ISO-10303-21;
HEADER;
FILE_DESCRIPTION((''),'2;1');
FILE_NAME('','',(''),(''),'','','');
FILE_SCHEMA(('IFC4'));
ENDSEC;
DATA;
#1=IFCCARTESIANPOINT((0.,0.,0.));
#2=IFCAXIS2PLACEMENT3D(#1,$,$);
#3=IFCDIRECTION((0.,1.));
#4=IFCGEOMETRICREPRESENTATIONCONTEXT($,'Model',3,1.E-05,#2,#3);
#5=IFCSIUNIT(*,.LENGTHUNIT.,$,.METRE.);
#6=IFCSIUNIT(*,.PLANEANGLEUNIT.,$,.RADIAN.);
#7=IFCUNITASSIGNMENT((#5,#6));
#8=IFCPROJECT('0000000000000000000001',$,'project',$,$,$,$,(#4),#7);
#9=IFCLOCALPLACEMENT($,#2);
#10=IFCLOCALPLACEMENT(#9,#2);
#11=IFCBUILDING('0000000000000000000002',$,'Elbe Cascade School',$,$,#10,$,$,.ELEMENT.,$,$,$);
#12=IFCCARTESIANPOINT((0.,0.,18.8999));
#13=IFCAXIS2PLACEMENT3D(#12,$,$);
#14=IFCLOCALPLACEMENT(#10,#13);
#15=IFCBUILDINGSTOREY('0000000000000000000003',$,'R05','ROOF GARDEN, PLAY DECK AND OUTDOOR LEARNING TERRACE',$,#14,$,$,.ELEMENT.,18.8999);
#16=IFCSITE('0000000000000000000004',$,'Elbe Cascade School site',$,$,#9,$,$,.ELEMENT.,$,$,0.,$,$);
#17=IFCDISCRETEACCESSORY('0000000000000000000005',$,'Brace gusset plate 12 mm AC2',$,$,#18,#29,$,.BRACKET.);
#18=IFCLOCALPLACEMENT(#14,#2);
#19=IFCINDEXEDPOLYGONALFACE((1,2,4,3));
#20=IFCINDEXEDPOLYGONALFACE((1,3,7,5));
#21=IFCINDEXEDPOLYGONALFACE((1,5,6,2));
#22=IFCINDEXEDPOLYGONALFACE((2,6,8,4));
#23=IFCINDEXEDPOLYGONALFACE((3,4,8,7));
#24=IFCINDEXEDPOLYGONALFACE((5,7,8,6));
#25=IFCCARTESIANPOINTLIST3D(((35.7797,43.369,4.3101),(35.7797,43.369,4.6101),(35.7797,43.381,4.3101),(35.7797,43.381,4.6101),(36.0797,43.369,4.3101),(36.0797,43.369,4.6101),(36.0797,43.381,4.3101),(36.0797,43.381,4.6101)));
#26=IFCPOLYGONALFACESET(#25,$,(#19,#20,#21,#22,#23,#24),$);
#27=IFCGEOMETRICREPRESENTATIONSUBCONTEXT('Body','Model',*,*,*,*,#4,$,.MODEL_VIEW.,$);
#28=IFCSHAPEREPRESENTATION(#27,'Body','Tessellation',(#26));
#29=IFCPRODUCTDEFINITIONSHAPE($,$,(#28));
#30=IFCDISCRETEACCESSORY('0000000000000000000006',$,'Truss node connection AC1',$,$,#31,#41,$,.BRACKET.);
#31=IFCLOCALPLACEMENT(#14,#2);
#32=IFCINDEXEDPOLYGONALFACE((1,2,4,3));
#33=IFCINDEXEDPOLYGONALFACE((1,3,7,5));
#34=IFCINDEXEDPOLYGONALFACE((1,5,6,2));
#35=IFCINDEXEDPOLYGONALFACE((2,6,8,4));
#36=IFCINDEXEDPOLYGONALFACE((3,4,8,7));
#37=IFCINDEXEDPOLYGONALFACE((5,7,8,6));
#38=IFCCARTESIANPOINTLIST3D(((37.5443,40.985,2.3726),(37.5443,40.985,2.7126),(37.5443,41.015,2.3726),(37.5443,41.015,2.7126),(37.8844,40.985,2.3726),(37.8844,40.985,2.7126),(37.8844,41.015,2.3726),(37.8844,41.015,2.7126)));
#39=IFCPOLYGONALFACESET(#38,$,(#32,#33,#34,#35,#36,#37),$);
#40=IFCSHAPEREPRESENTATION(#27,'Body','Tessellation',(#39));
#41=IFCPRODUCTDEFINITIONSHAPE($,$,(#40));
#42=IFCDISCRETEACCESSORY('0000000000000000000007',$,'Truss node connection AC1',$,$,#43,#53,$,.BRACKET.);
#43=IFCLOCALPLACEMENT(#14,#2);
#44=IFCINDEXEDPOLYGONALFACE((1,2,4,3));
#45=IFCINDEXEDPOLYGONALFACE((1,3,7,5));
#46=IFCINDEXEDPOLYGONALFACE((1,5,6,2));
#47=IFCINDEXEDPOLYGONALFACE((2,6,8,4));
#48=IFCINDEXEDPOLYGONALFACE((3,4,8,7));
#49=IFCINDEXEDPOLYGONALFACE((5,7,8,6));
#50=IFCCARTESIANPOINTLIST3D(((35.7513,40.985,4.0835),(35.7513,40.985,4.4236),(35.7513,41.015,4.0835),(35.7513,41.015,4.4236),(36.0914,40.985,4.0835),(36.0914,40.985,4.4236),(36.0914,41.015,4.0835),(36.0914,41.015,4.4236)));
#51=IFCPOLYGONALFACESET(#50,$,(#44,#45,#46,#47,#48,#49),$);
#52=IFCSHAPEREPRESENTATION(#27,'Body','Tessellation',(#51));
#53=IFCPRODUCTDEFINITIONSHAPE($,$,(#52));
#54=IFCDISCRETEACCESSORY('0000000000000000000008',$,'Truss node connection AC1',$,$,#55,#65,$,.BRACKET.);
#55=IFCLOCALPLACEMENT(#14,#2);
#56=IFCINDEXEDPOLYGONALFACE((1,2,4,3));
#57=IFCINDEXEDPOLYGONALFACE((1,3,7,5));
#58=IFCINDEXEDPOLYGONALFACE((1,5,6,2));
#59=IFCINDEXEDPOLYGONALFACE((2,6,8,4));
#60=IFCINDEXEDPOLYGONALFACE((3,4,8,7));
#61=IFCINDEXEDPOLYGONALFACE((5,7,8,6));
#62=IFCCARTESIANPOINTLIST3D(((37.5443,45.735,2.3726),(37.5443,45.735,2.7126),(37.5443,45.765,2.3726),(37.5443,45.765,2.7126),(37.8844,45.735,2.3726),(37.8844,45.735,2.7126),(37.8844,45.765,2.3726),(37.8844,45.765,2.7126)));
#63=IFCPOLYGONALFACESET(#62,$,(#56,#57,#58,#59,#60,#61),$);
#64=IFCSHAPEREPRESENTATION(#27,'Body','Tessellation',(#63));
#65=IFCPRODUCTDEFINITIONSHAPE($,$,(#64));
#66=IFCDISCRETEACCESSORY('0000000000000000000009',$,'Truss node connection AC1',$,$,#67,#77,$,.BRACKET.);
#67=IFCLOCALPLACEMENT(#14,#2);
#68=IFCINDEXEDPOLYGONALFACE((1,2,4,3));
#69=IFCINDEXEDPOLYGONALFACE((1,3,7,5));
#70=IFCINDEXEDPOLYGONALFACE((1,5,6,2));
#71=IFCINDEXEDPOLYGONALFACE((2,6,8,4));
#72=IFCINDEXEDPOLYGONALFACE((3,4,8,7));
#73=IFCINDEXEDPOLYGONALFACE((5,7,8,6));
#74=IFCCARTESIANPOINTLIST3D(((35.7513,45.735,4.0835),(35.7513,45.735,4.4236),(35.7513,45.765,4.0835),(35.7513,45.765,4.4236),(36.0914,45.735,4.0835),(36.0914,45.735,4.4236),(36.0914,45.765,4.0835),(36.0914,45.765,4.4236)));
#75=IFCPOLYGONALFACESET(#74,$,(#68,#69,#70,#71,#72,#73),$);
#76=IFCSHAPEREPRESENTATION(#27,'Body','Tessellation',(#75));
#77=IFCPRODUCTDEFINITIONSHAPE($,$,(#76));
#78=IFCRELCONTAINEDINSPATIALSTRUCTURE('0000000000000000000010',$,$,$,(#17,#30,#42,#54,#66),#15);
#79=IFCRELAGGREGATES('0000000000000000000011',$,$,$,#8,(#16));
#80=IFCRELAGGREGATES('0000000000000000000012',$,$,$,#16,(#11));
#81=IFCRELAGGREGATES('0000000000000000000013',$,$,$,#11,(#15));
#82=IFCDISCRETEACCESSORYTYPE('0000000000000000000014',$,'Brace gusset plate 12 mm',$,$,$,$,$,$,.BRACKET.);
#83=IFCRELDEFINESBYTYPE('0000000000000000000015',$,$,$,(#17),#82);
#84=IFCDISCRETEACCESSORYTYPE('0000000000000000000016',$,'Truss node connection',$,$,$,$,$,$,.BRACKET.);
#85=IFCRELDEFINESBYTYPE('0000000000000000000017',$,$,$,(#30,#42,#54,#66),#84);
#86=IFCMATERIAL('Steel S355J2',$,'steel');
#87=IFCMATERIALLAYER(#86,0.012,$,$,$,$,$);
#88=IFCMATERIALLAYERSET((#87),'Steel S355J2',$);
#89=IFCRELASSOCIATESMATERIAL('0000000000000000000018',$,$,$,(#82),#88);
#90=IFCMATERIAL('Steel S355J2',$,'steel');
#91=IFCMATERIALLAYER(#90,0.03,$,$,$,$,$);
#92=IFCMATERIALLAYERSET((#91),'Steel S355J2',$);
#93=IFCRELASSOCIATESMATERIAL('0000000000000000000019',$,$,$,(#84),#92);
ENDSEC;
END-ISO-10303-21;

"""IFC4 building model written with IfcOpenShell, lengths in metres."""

from ifc_helpers import new_model, si_unit, direction, frame, origin, origin_2d, place, context, subcontext, project, spatial, rectangle, extrude, material, layer, layer_set, type_object, element, save


model = new_model("IFC4")

# Units and contexts
model_context = context("Model", 3, precision=1e-05, world=origin(), true_north=direction((0.0, 1.0)))
body_context = subcontext(model_context, "Body", "Model", "MODEL_VIEW")
ifc_project = project(units=[si_unit("LENGTHUNIT", "METRE"), si_unit("PLANEANGLEUNIT", "RADIAN")], contexts=[model_context])

# Site, building, storey
site_placement = place(None, origin())
site = spatial("IfcSite", under=ifc_project, at=site_placement, Name="Elbe Cascade School site", CompositionType="ELEMENT", RefElevation=0.0)
building_placement = place(site_placement, origin())
building = spatial("IfcBuilding", under=site, at=building_placement, Name="Elbe Cascade School", CompositionType="ELEMENT")
storey_placement = place(building_placement, frame((0.0, 0.0, 18.8999)))
storey = spatial("IfcBuildingStorey", under=building, at=storey_placement, Name="R05", Description="ROOF GARDEN, PLAY DECK AND OUTDOOR LEARNING TERRACE", CompositionType="ELEMENT", Elevation=18.8999)

# Discrete accessories
ifc_material_1 = material(Name="Steel S355J2", Category="steel")
ifc_layer_1 = layer(ifc_material_1, 0.012)
ifc_layer_set_1 = layer_set([ifc_layer_1], Name="Steel S355J2")
discrete_accessory_type_1 = type_object("IfcDiscreteAccessoryType", Name="Brace gusset plate 12 mm", PredefinedType="BRACKET", material=ifc_layer_set_1)
discrete_accessory_placement = place(storey_placement, frame((35.9297, 43.375, 4.3101), z_axis=(0.0, 0.0, 1.0), x_axis=(1.0, 0.0, 0.0)))
element("IfcDiscreteAccessory", 1, at=discrete_accessory_placement, inside=storey, type_object=discrete_accessory_type_1, Name="Brace gusset plate 12 mm AC2", PredefinedType="BRACKET", context=body_context, shape_type="SweptSolid", body=[
    extrude(rectangle(XDim=0.3, YDim=0.012, at=origin_2d()), origin(), (0.0, 0.0, 1.0), 0.3),
])
ifc_material_2 = material(Name="Steel S355J2", Category="steel")
ifc_layer_2 = layer(ifc_material_2, 0.03)
ifc_layer_set_2 = layer_set([ifc_layer_2], Name="Steel S355J2")
discrete_accessory_type_2 = type_object("IfcDiscreteAccessoryType", Name="Truss node connection", PredefinedType="BRACKET", material=ifc_layer_set_2)
for number, where, z_axis, x_axis, name in (
    (2, (37.7144, 41.0, 2.3726), (0.0, 0.0, 1.0), (1.0, 0.0, 0.0), "Truss node connection AC1"),
    (3, (35.9214, 41.0, 4.0835), (0.0, 0.0, 1.0), (1.0, 0.0, 0.0), "Truss node connection AC1"),
    (4, (37.7144, 45.75, 2.3726), (0.0, 0.0, 1.0), (1.0, 0.0, 0.0), "Truss node connection AC1"),
    (5, (35.9214, 45.75, 4.0835), (0.0, 0.0, 1.0), (1.0, 0.0, 0.0), "Truss node connection AC1"),
):
    element("IfcDiscreteAccessory", number, at=place(storey_placement, frame(where, z_axis=z_axis, x_axis=x_axis)), inside=storey, type_object=discrete_accessory_type_2, Name=name, PredefinedType="BRACKET", context=body_context, shape_type="SweptSolid", body=[
        extrude(rectangle(XDim=0.3401, YDim=0.03, at=origin_2d()), origin(), (0.0, 0.0, 1.0), 0.3401),
    ])

save(model, "model.ifc")
